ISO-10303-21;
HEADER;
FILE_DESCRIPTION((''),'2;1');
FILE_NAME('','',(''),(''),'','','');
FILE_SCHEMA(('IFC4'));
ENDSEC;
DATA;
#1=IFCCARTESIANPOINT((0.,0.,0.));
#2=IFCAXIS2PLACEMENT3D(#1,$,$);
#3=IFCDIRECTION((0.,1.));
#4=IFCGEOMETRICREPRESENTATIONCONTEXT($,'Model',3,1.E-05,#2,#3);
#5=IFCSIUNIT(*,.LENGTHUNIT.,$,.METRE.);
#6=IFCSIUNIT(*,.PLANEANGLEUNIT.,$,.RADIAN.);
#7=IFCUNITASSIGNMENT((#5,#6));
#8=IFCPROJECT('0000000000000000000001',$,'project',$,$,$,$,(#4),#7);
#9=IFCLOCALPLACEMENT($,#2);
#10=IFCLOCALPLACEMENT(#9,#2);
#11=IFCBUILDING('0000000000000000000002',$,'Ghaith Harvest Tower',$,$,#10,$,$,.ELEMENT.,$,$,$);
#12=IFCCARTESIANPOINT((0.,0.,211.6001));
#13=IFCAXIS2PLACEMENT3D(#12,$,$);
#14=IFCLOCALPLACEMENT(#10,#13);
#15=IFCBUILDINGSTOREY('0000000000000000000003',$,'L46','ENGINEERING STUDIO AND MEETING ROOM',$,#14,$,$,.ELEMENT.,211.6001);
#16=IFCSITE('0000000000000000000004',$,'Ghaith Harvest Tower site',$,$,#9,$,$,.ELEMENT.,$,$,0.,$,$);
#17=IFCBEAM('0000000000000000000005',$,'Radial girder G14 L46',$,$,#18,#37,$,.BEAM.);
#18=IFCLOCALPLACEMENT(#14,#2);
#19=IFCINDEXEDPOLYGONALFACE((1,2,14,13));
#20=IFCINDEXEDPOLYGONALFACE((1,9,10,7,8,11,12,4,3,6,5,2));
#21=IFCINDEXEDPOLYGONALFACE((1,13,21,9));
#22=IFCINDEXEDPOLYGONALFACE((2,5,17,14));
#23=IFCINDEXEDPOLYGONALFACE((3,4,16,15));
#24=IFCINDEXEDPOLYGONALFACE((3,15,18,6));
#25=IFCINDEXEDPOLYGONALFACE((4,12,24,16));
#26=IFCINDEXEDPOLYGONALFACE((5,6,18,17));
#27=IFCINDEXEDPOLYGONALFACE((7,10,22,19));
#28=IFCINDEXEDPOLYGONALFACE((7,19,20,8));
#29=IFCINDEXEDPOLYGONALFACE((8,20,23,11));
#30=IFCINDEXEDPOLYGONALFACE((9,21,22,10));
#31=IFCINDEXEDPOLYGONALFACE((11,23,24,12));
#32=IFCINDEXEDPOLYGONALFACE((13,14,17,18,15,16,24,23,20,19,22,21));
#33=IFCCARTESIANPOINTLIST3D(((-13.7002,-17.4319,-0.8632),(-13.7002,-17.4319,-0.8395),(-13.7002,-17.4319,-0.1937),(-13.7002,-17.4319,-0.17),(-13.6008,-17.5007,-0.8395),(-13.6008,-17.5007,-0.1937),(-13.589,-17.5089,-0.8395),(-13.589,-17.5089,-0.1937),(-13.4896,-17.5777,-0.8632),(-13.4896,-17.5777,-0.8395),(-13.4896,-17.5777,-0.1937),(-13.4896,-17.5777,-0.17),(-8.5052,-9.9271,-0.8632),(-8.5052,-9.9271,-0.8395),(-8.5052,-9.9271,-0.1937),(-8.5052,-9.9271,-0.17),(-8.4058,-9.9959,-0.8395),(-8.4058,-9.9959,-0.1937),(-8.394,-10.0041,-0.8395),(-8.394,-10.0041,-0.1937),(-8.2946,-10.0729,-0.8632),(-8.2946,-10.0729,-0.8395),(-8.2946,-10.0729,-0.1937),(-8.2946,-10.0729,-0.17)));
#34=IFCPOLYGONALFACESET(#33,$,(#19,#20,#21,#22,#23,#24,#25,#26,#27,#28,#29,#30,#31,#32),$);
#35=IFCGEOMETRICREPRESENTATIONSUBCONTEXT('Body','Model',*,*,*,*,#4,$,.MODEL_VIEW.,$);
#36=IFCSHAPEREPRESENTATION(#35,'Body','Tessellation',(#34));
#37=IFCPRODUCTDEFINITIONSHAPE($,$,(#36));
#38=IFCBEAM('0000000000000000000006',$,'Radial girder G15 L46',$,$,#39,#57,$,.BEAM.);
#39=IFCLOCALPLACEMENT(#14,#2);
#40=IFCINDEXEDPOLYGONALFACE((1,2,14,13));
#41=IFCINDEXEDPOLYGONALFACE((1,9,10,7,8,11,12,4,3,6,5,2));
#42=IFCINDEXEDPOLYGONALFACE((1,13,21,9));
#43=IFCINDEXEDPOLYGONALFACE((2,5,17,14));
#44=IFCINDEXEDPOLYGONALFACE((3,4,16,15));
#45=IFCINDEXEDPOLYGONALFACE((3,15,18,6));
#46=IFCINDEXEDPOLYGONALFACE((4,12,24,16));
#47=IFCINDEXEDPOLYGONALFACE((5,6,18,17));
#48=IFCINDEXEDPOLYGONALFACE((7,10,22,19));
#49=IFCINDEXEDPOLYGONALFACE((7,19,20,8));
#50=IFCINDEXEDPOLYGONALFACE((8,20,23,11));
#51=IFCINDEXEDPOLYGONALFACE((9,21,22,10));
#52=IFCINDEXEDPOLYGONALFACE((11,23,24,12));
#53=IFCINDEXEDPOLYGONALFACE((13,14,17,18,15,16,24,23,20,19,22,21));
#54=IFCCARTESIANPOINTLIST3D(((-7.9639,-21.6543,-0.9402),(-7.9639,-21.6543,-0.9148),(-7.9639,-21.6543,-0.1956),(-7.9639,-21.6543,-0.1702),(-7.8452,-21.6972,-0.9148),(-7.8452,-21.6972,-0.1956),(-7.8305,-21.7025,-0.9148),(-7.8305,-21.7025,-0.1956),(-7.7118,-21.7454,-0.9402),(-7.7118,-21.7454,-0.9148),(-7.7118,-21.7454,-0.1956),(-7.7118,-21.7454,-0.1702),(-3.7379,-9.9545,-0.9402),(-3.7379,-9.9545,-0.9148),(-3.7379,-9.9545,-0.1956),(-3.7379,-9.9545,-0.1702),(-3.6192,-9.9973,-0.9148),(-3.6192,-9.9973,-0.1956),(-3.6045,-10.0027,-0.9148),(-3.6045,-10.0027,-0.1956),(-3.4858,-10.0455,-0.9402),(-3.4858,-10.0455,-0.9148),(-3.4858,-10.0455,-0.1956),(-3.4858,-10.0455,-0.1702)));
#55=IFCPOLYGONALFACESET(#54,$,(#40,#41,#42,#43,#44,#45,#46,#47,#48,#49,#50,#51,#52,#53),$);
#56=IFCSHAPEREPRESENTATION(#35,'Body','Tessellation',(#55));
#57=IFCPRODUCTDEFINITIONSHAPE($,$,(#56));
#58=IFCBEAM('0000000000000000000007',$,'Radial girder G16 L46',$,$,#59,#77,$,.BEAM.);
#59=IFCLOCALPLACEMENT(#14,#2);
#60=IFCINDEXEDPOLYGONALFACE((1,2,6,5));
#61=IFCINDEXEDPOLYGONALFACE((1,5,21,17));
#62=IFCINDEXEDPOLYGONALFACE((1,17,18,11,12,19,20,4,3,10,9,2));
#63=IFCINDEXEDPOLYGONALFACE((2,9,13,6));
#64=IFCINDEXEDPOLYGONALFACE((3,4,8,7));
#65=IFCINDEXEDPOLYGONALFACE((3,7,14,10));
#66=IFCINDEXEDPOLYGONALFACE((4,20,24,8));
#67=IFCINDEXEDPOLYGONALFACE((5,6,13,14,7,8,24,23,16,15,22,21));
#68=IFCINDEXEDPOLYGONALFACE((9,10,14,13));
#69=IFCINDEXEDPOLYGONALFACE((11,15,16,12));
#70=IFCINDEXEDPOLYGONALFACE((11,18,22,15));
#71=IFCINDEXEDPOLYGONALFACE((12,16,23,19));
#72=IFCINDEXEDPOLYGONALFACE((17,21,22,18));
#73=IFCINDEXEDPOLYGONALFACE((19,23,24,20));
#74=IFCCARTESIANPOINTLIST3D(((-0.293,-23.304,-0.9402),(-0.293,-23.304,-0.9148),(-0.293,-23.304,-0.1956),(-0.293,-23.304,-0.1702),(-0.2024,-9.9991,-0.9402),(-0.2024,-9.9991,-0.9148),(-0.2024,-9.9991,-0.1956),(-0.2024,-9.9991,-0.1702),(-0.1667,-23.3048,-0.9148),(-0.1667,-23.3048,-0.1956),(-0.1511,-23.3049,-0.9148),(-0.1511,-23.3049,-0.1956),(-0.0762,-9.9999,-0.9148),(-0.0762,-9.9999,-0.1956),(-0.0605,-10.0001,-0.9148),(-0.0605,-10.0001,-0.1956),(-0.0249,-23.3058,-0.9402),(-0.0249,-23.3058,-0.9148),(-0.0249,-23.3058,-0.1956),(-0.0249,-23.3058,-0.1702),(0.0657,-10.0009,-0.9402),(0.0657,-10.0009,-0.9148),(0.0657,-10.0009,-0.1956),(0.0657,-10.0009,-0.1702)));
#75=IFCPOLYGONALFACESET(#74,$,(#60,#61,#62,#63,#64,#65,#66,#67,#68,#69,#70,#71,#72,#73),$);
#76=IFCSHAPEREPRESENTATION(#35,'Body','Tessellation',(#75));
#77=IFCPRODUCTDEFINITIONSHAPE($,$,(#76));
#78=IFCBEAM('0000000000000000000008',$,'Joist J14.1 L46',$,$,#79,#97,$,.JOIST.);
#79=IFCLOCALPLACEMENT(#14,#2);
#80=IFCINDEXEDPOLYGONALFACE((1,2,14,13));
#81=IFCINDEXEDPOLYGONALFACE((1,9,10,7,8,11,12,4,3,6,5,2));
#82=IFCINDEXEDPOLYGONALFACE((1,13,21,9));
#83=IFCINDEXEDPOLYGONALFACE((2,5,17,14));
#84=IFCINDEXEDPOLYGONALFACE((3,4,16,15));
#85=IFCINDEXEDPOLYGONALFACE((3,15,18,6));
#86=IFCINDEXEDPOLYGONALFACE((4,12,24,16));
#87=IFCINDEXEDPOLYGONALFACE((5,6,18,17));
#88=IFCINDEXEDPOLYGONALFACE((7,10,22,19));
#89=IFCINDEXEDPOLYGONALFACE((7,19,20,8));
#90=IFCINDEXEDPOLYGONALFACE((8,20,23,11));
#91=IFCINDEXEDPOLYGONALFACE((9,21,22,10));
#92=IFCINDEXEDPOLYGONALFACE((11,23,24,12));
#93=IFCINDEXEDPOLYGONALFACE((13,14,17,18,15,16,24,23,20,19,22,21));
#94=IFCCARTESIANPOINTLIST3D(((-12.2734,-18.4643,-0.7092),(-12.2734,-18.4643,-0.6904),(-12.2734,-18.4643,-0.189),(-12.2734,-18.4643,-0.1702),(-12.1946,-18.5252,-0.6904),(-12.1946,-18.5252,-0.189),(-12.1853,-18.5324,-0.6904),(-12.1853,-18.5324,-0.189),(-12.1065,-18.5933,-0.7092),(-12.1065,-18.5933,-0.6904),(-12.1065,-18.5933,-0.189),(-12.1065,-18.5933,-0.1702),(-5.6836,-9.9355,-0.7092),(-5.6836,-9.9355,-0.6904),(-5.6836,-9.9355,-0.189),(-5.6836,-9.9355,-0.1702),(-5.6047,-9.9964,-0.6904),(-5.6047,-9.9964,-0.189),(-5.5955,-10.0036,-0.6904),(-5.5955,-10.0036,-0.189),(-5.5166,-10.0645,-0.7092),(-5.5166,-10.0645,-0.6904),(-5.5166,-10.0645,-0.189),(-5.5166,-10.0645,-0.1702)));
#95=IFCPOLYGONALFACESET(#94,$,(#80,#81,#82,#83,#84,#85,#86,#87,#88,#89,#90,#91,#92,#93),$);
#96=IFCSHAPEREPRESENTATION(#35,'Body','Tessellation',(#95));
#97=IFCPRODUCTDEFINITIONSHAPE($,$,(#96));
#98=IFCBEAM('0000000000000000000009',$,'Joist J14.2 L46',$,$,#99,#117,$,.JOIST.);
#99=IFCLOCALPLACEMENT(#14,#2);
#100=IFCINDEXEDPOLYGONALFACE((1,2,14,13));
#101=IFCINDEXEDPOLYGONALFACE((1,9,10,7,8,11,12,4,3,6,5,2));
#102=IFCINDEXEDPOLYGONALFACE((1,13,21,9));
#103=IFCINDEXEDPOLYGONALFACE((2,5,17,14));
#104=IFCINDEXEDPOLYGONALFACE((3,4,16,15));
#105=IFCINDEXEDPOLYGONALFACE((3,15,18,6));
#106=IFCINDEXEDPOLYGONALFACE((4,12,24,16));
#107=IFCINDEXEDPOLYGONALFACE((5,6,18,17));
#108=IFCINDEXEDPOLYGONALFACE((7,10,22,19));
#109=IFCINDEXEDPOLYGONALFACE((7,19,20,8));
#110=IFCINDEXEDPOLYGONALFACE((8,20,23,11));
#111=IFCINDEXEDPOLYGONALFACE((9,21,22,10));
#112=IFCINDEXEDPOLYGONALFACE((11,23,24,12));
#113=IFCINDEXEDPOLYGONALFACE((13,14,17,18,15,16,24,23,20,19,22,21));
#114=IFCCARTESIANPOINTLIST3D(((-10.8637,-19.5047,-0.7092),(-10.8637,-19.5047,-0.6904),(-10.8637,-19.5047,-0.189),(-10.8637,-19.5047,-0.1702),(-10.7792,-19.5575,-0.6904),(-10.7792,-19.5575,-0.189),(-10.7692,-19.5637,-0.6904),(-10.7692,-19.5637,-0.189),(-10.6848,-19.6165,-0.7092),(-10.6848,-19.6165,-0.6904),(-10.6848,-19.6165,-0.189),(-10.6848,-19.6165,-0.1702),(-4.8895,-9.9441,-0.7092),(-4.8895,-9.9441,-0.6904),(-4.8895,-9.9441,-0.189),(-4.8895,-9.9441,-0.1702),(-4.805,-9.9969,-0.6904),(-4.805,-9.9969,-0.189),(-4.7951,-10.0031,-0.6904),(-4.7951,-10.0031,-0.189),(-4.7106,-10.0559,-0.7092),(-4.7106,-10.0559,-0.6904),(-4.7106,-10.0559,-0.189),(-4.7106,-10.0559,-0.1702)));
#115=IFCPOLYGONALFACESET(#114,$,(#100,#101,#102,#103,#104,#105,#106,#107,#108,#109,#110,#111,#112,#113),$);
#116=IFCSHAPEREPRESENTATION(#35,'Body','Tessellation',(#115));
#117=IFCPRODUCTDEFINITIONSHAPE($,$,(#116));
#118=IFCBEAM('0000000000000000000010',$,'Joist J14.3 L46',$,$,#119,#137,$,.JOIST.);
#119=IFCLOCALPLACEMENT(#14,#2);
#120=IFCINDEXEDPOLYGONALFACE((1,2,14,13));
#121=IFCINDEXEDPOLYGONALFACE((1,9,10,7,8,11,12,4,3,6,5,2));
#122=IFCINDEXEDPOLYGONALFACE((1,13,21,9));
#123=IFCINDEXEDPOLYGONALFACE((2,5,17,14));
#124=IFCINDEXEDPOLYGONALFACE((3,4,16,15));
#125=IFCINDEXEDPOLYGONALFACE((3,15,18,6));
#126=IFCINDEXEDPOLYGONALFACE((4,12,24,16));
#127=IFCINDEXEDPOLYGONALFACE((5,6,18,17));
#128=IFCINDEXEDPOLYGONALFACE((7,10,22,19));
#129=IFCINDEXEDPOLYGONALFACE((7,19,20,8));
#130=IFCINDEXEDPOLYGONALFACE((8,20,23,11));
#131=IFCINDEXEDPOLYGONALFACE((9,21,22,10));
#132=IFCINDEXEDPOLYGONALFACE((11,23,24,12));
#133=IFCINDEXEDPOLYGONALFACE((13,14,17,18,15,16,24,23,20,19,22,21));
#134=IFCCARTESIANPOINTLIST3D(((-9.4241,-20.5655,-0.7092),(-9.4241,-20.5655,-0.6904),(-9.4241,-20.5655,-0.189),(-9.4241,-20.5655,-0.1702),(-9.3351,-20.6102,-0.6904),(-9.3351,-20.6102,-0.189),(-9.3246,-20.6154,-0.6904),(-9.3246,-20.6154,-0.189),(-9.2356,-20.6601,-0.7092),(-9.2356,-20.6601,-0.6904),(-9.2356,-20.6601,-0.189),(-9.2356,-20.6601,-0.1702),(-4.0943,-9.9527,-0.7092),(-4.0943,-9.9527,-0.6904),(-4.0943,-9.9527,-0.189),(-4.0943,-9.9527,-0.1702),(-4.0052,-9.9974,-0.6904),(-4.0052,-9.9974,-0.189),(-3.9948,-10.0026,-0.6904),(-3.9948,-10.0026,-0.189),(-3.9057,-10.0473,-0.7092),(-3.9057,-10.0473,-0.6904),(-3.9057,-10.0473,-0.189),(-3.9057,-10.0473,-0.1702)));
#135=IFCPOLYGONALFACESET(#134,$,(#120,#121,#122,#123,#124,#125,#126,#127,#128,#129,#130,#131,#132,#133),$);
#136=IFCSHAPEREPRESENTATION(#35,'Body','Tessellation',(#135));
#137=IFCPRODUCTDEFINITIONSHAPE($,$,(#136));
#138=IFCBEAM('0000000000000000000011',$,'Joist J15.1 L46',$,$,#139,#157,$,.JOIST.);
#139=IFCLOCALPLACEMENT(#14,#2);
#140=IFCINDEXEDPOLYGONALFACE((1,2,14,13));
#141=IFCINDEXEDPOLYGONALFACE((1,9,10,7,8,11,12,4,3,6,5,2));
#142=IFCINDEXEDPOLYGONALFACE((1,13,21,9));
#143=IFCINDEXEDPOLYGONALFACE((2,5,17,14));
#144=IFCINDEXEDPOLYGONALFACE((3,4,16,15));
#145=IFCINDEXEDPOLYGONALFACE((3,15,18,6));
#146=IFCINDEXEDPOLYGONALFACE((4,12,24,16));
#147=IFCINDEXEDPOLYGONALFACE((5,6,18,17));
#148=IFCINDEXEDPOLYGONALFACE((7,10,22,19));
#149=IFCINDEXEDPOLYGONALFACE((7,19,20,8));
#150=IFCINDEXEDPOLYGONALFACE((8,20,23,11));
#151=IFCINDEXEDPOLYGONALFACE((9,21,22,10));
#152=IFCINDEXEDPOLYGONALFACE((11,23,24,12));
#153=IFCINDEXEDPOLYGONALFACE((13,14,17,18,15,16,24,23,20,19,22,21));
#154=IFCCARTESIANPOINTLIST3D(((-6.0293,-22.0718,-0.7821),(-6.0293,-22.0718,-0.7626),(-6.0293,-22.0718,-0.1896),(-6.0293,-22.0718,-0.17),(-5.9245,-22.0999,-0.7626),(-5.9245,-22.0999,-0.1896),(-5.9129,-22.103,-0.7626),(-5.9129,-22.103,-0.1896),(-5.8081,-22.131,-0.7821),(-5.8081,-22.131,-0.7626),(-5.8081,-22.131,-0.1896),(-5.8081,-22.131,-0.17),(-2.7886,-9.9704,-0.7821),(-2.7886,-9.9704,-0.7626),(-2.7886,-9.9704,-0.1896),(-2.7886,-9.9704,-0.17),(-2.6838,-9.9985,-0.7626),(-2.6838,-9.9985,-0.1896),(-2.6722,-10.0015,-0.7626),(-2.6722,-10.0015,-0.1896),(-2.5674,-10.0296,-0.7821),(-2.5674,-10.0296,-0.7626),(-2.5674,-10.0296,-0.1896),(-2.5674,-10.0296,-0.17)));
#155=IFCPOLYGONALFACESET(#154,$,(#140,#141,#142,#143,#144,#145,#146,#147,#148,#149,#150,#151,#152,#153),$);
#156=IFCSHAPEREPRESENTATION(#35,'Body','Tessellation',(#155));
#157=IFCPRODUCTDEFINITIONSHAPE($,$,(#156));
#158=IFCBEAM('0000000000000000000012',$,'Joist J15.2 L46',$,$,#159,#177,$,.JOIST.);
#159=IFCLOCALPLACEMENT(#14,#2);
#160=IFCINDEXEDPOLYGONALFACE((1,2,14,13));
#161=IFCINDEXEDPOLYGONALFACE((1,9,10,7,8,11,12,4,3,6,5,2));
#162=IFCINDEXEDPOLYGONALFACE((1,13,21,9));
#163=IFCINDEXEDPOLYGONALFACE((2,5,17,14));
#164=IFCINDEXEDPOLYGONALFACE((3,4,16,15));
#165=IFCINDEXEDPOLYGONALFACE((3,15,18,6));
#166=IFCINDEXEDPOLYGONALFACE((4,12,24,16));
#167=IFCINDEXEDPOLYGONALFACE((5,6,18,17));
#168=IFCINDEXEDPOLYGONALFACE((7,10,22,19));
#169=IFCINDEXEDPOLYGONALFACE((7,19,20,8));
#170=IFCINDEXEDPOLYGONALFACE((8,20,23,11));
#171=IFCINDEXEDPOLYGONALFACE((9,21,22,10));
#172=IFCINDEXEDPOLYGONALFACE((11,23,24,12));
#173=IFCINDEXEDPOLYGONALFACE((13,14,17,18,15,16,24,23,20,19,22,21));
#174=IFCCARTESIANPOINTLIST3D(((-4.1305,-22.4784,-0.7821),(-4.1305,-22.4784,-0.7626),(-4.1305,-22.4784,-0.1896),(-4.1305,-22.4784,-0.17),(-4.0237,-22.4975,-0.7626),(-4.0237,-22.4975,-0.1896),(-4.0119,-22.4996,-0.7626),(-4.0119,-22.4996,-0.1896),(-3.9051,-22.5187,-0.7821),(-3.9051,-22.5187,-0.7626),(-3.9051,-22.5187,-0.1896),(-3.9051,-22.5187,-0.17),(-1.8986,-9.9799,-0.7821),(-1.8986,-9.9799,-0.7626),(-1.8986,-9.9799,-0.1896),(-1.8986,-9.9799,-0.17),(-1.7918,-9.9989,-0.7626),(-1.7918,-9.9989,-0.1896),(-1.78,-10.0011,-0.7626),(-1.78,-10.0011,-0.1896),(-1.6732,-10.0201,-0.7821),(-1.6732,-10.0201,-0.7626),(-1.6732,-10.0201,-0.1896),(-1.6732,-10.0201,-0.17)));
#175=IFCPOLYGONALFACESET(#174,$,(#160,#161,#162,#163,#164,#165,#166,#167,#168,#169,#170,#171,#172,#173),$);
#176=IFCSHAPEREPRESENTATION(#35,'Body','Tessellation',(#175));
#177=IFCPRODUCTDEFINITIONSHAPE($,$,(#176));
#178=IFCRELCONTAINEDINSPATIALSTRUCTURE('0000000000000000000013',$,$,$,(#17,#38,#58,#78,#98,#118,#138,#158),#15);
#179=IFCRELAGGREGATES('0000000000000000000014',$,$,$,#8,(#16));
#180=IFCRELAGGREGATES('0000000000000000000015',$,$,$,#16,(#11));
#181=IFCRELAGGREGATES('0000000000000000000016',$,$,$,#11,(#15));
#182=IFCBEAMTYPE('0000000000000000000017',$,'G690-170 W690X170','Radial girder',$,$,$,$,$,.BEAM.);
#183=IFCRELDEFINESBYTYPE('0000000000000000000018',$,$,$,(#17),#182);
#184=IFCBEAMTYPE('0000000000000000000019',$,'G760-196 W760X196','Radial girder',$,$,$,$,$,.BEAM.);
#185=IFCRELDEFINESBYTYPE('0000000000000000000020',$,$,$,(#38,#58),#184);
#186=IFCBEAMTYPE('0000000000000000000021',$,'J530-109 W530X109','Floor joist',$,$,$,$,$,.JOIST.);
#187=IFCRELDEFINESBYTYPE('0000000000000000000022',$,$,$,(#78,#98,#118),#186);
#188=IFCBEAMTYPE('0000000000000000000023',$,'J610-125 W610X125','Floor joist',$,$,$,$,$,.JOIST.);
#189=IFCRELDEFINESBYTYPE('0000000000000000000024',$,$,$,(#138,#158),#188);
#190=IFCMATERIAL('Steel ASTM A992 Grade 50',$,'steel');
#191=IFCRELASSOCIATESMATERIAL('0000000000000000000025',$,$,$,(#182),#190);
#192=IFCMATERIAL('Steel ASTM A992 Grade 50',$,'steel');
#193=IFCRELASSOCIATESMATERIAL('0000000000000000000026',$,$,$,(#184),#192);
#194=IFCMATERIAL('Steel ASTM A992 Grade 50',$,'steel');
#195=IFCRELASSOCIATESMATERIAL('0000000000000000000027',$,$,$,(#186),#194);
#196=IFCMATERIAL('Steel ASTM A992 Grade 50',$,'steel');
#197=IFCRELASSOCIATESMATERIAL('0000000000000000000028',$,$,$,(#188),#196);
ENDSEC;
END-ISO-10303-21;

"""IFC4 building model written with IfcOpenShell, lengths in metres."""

from ifc_helpers import new_model, si_unit, direction, frame, origin, origin_2d, place, context, subcontext, project, spatial, i_section, extrude, material, material_profile, profile_set, type_object, element, save


model = new_model("IFC4")

# Units and contexts
model_context = context("Model", 3, precision=1e-05, world=origin(), true_north=direction((0.0, 1.0)))
body_context = subcontext(model_context, "Body", "Model", "MODEL_VIEW")
ifc_project = project(units=[si_unit("LENGTHUNIT", "METRE"), si_unit("PLANEANGLEUNIT", "RADIAN")], contexts=[model_context])

# Site, building, storey
site_placement = place(None, origin())
site = spatial("IfcSite", under=ifc_project, at=site_placement, Name="Ghaith Harvest Tower site", CompositionType="ELEMENT", RefElevation=0.0)
building_placement = place(site_placement, origin())
building = spatial("IfcBuilding", under=site, at=building_placement, Name="Ghaith Harvest Tower", CompositionType="ELEMENT")
storey_placement = place(building_placement, frame((0.0, 0.0, 211.6001)))
storey = spatial("IfcBuildingStorey", under=building, at=storey_placement, Name="L46", Description="ENGINEERING STUDIO AND MEETING ROOM", CompositionType="ELEMENT", Elevation=211.6001)

# Beams
ifc_material_1 = material(Name="Steel ASTM A992 Grade 50", Category="steel")
ifc_material_profile_1 = material_profile(ifc_material_1, i_section(OverallWidth=0.2561, OverallDepth=0.6931, WebThickness=0.0144, FlangeThickness=0.0237, at=origin_2d()), Name="W690X170")
ifc_profile_set_1 = profile_set([ifc_material_profile_1], Name="Steel ASTM A992 Grade 50")
beam_type_1 = type_object("IfcBeamType", Name="G690-170 W690X170", Description="Radial girder", PredefinedType="BEAM", material=ifc_profile_set_1)
beam_1_placement = place(storey_placement, frame((-8.3999, -10.0, -0.5166), z_axis=(-0.569164, -0.822224, 0.0), x_axis=(0.822224, -0.569164, 0.0)))
element("IfcBeam", 1, at=beam_1_placement, inside=storey, type_object=beam_type_1, Name="Radial girder G14 L46", PredefinedType="BEAM", context=body_context, shape_type="SweptSolid", body=[
    extrude(i_section(OverallWidth=0.2561, OverallDepth=0.6931, WebThickness=0.0144, FlangeThickness=0.0237, at=origin_2d()), origin(), (0.0, 0.0, 1.0), 9.1274),
])
ifc_material_2 = material(Name="Steel ASTM A992 Grade 50", Category="steel")
ifc_material_profile_2 = material_profile(ifc_material_2, i_section(OverallWidth=0.2681, OverallDepth=0.77, WebThickness=0.0156, FlangeThickness=0.0254, at=origin_2d()), Name="W760X196")
ifc_profile_set_2 = profile_set([ifc_material_profile_2], Name="Steel ASTM A992 Grade 50")
beam_type_2 = type_object("IfcBeamType", Name="G760-196 W760X196", Description="Radial girder", PredefinedType="BEAM", material=ifc_profile_set_2)
beam_2_placement = place(storey_placement, frame((-3.6118, -10.0, -0.5552), z_axis=(-0.339722, -0.940526, 0.0), x_axis=(0.940526, -0.339722, 0.0)))
element("IfcBeam", 2, at=beam_2_placement, inside=storey, type_object=beam_type_2, Name="Radial girder G15 L46", PredefinedType="BEAM", context=body_context, shape_type="SweptSolid", body=[
    extrude(i_section(OverallWidth=0.2681, OverallDepth=0.77, WebThickness=0.0156, FlangeThickness=0.0254, at=origin_2d()), origin(), (0.0, 0.0, 1.0), 12.4397),
])
beam_3_placement = place(storey_placement, frame((-0.0684, -10.0, -0.5552), z_axis=(-0.006808, -0.999977, 0.0), x_axis=(0.999977, -0.006808, 0.0)))
element("IfcBeam", 3, at=beam_3_placement, inside=storey, type_object=beam_type_2, Name="Radial girder G16 L46", PredefinedType="BEAM", context=body_context, shape_type="SweptSolid", body=[
    extrude(i_section(OverallWidth=0.2681, OverallDepth=0.77, WebThickness=0.0156, FlangeThickness=0.0254, at=origin_2d()), origin(), (0.0, 0.0, 1.0), 13.3052),
])
ifc_material_3 = material(Name="Steel ASTM A992 Grade 50", Category="steel")
ifc_material_profile_3 = material_profile(ifc_material_3, i_section(OverallWidth=0.2109, OverallDepth=0.5391, WebThickness=0.0117, FlangeThickness=0.0188, at=origin_2d()), Name="W530X109")
ifc_profile_set_3 = profile_set([ifc_material_profile_3], Name="Steel ASTM A992 Grade 50")
beam_type_3 = type_object("IfcBeamType", Name="J530-109 W530X109", Description="Floor joist", PredefinedType="JOIST", material=ifc_profile_set_3)
beam_4_placement = place(storey_placement, frame((-5.6001, -10.0, -0.4397), z_axis=(-0.611413, -0.791312, 0.0), x_axis=(0.791312, -0.611413, 0.0)))
element("IfcBeam", 4, at=beam_4_placement, inside=storey, type_object=beam_type_3, Name="Joist J14.1 L46", PredefinedType="JOIST", context=body_context, shape_type="SweptSolid", body=[
    extrude(i_section(OverallWidth=0.2109, OverallDepth=0.5391, WebThickness=0.0117, FlangeThickness=0.0188, at=origin_2d()), origin(), (0.0, 0.0, 1.0), 10.7781),
])
beam_5_placement = place(storey_placement, frame((-4.8, -10.0, -0.4397), z_axis=(-0.529921, -0.848047, 0.0), x_axis=(0.848047, -0.529921, 0.0)))
element("IfcBeam", 5, at=beam_5_placement, inside=storey, type_object=beam_type_3, Name="Joist J14.2 L46", PredefinedType="JOIST", context=body_context, shape_type="SweptSolid", body=[
    extrude(i_section(OverallWidth=0.2109, OverallDepth=0.5391, WebThickness=0.0117, FlangeThickness=0.0188, at=origin_2d()), origin(), (0.0, 0.0, 1.0), 11.2737),
])
beam_6_placement = place(storey_placement, frame((-4.0, -10.0, -0.4397), z_axis=(-0.448792, -0.893636, 0.0), x_axis=(0.893636, -0.448792, 0.0)))
element("IfcBeam", 6, at=beam_6_placement, inside=storey, type_object=beam_type_3, Name="Joist J14.3 L46", PredefinedType="JOIST", context=body_context, shape_type="SweptSolid", body=[
    extrude(i_section(OverallWidth=0.2109, OverallDepth=0.5391, WebThickness=0.0117, FlangeThickness=0.0188, at=origin_2d()), origin(), (0.0, 0.0, 1.0), 11.876),
])
ifc_material_4 = material(Name="Steel ASTM A992 Grade 50", Category="steel")
ifc_material_profile_4 = material_profile(ifc_material_4, i_section(OverallWidth=0.229, OverallDepth=0.6121, WebThickness=0.012, FlangeThickness=0.0195, at=origin_2d()), Name="W610X125")
ifc_profile_set_4 = profile_set([ifc_material_profile_4], Name="Steel ASTM A992 Grade 50")
beam_type_4 = type_object("IfcBeamType", Name="J610-125 W610X125", Description="Floor joist", PredefinedType="JOIST", material=ifc_profile_set_4)
beam_7_placement = place(storey_placement, frame((-2.678, -10.0, -0.4761), z_axis=(-0.258684, -0.965962, 0.0), x_axis=(0.965962, -0.258684, 0.0)))
element("IfcBeam", 7, at=beam_7_placement, inside=storey, type_object=beam_type_4, Name="Joist J15.1 L46", PredefinedType="JOIST", context=body_context, shape_type="SweptSolid", body=[
    extrude(i_section(OverallWidth=0.229, OverallDepth=0.6121, WebThickness=0.012, FlangeThickness=0.0195, at=origin_2d()), origin(), (0.0, 0.0, 1.0), 12.5278),
])
beam_8_placement = place(storey_placement, frame((-1.7859, -10.0, -0.4761), z_axis=(-0.175795, -0.984427, 0.0), x_axis=(0.984427, -0.175795, 0.0)))
element("IfcBeam", 8, at=beam_8_placement, inside=storey, type_object=beam_type_4, Name="Joist J15.2 L46", PredefinedType="JOIST", context=body_context, shape_type="SweptSolid", body=[
    extrude(i_section(OverallWidth=0.229, OverallDepth=0.6121, WebThickness=0.012, FlangeThickness=0.0195, at=origin_2d()), origin(), (0.0, 0.0, 1.0), 12.6963),
])

save(model, "model.ifc")
